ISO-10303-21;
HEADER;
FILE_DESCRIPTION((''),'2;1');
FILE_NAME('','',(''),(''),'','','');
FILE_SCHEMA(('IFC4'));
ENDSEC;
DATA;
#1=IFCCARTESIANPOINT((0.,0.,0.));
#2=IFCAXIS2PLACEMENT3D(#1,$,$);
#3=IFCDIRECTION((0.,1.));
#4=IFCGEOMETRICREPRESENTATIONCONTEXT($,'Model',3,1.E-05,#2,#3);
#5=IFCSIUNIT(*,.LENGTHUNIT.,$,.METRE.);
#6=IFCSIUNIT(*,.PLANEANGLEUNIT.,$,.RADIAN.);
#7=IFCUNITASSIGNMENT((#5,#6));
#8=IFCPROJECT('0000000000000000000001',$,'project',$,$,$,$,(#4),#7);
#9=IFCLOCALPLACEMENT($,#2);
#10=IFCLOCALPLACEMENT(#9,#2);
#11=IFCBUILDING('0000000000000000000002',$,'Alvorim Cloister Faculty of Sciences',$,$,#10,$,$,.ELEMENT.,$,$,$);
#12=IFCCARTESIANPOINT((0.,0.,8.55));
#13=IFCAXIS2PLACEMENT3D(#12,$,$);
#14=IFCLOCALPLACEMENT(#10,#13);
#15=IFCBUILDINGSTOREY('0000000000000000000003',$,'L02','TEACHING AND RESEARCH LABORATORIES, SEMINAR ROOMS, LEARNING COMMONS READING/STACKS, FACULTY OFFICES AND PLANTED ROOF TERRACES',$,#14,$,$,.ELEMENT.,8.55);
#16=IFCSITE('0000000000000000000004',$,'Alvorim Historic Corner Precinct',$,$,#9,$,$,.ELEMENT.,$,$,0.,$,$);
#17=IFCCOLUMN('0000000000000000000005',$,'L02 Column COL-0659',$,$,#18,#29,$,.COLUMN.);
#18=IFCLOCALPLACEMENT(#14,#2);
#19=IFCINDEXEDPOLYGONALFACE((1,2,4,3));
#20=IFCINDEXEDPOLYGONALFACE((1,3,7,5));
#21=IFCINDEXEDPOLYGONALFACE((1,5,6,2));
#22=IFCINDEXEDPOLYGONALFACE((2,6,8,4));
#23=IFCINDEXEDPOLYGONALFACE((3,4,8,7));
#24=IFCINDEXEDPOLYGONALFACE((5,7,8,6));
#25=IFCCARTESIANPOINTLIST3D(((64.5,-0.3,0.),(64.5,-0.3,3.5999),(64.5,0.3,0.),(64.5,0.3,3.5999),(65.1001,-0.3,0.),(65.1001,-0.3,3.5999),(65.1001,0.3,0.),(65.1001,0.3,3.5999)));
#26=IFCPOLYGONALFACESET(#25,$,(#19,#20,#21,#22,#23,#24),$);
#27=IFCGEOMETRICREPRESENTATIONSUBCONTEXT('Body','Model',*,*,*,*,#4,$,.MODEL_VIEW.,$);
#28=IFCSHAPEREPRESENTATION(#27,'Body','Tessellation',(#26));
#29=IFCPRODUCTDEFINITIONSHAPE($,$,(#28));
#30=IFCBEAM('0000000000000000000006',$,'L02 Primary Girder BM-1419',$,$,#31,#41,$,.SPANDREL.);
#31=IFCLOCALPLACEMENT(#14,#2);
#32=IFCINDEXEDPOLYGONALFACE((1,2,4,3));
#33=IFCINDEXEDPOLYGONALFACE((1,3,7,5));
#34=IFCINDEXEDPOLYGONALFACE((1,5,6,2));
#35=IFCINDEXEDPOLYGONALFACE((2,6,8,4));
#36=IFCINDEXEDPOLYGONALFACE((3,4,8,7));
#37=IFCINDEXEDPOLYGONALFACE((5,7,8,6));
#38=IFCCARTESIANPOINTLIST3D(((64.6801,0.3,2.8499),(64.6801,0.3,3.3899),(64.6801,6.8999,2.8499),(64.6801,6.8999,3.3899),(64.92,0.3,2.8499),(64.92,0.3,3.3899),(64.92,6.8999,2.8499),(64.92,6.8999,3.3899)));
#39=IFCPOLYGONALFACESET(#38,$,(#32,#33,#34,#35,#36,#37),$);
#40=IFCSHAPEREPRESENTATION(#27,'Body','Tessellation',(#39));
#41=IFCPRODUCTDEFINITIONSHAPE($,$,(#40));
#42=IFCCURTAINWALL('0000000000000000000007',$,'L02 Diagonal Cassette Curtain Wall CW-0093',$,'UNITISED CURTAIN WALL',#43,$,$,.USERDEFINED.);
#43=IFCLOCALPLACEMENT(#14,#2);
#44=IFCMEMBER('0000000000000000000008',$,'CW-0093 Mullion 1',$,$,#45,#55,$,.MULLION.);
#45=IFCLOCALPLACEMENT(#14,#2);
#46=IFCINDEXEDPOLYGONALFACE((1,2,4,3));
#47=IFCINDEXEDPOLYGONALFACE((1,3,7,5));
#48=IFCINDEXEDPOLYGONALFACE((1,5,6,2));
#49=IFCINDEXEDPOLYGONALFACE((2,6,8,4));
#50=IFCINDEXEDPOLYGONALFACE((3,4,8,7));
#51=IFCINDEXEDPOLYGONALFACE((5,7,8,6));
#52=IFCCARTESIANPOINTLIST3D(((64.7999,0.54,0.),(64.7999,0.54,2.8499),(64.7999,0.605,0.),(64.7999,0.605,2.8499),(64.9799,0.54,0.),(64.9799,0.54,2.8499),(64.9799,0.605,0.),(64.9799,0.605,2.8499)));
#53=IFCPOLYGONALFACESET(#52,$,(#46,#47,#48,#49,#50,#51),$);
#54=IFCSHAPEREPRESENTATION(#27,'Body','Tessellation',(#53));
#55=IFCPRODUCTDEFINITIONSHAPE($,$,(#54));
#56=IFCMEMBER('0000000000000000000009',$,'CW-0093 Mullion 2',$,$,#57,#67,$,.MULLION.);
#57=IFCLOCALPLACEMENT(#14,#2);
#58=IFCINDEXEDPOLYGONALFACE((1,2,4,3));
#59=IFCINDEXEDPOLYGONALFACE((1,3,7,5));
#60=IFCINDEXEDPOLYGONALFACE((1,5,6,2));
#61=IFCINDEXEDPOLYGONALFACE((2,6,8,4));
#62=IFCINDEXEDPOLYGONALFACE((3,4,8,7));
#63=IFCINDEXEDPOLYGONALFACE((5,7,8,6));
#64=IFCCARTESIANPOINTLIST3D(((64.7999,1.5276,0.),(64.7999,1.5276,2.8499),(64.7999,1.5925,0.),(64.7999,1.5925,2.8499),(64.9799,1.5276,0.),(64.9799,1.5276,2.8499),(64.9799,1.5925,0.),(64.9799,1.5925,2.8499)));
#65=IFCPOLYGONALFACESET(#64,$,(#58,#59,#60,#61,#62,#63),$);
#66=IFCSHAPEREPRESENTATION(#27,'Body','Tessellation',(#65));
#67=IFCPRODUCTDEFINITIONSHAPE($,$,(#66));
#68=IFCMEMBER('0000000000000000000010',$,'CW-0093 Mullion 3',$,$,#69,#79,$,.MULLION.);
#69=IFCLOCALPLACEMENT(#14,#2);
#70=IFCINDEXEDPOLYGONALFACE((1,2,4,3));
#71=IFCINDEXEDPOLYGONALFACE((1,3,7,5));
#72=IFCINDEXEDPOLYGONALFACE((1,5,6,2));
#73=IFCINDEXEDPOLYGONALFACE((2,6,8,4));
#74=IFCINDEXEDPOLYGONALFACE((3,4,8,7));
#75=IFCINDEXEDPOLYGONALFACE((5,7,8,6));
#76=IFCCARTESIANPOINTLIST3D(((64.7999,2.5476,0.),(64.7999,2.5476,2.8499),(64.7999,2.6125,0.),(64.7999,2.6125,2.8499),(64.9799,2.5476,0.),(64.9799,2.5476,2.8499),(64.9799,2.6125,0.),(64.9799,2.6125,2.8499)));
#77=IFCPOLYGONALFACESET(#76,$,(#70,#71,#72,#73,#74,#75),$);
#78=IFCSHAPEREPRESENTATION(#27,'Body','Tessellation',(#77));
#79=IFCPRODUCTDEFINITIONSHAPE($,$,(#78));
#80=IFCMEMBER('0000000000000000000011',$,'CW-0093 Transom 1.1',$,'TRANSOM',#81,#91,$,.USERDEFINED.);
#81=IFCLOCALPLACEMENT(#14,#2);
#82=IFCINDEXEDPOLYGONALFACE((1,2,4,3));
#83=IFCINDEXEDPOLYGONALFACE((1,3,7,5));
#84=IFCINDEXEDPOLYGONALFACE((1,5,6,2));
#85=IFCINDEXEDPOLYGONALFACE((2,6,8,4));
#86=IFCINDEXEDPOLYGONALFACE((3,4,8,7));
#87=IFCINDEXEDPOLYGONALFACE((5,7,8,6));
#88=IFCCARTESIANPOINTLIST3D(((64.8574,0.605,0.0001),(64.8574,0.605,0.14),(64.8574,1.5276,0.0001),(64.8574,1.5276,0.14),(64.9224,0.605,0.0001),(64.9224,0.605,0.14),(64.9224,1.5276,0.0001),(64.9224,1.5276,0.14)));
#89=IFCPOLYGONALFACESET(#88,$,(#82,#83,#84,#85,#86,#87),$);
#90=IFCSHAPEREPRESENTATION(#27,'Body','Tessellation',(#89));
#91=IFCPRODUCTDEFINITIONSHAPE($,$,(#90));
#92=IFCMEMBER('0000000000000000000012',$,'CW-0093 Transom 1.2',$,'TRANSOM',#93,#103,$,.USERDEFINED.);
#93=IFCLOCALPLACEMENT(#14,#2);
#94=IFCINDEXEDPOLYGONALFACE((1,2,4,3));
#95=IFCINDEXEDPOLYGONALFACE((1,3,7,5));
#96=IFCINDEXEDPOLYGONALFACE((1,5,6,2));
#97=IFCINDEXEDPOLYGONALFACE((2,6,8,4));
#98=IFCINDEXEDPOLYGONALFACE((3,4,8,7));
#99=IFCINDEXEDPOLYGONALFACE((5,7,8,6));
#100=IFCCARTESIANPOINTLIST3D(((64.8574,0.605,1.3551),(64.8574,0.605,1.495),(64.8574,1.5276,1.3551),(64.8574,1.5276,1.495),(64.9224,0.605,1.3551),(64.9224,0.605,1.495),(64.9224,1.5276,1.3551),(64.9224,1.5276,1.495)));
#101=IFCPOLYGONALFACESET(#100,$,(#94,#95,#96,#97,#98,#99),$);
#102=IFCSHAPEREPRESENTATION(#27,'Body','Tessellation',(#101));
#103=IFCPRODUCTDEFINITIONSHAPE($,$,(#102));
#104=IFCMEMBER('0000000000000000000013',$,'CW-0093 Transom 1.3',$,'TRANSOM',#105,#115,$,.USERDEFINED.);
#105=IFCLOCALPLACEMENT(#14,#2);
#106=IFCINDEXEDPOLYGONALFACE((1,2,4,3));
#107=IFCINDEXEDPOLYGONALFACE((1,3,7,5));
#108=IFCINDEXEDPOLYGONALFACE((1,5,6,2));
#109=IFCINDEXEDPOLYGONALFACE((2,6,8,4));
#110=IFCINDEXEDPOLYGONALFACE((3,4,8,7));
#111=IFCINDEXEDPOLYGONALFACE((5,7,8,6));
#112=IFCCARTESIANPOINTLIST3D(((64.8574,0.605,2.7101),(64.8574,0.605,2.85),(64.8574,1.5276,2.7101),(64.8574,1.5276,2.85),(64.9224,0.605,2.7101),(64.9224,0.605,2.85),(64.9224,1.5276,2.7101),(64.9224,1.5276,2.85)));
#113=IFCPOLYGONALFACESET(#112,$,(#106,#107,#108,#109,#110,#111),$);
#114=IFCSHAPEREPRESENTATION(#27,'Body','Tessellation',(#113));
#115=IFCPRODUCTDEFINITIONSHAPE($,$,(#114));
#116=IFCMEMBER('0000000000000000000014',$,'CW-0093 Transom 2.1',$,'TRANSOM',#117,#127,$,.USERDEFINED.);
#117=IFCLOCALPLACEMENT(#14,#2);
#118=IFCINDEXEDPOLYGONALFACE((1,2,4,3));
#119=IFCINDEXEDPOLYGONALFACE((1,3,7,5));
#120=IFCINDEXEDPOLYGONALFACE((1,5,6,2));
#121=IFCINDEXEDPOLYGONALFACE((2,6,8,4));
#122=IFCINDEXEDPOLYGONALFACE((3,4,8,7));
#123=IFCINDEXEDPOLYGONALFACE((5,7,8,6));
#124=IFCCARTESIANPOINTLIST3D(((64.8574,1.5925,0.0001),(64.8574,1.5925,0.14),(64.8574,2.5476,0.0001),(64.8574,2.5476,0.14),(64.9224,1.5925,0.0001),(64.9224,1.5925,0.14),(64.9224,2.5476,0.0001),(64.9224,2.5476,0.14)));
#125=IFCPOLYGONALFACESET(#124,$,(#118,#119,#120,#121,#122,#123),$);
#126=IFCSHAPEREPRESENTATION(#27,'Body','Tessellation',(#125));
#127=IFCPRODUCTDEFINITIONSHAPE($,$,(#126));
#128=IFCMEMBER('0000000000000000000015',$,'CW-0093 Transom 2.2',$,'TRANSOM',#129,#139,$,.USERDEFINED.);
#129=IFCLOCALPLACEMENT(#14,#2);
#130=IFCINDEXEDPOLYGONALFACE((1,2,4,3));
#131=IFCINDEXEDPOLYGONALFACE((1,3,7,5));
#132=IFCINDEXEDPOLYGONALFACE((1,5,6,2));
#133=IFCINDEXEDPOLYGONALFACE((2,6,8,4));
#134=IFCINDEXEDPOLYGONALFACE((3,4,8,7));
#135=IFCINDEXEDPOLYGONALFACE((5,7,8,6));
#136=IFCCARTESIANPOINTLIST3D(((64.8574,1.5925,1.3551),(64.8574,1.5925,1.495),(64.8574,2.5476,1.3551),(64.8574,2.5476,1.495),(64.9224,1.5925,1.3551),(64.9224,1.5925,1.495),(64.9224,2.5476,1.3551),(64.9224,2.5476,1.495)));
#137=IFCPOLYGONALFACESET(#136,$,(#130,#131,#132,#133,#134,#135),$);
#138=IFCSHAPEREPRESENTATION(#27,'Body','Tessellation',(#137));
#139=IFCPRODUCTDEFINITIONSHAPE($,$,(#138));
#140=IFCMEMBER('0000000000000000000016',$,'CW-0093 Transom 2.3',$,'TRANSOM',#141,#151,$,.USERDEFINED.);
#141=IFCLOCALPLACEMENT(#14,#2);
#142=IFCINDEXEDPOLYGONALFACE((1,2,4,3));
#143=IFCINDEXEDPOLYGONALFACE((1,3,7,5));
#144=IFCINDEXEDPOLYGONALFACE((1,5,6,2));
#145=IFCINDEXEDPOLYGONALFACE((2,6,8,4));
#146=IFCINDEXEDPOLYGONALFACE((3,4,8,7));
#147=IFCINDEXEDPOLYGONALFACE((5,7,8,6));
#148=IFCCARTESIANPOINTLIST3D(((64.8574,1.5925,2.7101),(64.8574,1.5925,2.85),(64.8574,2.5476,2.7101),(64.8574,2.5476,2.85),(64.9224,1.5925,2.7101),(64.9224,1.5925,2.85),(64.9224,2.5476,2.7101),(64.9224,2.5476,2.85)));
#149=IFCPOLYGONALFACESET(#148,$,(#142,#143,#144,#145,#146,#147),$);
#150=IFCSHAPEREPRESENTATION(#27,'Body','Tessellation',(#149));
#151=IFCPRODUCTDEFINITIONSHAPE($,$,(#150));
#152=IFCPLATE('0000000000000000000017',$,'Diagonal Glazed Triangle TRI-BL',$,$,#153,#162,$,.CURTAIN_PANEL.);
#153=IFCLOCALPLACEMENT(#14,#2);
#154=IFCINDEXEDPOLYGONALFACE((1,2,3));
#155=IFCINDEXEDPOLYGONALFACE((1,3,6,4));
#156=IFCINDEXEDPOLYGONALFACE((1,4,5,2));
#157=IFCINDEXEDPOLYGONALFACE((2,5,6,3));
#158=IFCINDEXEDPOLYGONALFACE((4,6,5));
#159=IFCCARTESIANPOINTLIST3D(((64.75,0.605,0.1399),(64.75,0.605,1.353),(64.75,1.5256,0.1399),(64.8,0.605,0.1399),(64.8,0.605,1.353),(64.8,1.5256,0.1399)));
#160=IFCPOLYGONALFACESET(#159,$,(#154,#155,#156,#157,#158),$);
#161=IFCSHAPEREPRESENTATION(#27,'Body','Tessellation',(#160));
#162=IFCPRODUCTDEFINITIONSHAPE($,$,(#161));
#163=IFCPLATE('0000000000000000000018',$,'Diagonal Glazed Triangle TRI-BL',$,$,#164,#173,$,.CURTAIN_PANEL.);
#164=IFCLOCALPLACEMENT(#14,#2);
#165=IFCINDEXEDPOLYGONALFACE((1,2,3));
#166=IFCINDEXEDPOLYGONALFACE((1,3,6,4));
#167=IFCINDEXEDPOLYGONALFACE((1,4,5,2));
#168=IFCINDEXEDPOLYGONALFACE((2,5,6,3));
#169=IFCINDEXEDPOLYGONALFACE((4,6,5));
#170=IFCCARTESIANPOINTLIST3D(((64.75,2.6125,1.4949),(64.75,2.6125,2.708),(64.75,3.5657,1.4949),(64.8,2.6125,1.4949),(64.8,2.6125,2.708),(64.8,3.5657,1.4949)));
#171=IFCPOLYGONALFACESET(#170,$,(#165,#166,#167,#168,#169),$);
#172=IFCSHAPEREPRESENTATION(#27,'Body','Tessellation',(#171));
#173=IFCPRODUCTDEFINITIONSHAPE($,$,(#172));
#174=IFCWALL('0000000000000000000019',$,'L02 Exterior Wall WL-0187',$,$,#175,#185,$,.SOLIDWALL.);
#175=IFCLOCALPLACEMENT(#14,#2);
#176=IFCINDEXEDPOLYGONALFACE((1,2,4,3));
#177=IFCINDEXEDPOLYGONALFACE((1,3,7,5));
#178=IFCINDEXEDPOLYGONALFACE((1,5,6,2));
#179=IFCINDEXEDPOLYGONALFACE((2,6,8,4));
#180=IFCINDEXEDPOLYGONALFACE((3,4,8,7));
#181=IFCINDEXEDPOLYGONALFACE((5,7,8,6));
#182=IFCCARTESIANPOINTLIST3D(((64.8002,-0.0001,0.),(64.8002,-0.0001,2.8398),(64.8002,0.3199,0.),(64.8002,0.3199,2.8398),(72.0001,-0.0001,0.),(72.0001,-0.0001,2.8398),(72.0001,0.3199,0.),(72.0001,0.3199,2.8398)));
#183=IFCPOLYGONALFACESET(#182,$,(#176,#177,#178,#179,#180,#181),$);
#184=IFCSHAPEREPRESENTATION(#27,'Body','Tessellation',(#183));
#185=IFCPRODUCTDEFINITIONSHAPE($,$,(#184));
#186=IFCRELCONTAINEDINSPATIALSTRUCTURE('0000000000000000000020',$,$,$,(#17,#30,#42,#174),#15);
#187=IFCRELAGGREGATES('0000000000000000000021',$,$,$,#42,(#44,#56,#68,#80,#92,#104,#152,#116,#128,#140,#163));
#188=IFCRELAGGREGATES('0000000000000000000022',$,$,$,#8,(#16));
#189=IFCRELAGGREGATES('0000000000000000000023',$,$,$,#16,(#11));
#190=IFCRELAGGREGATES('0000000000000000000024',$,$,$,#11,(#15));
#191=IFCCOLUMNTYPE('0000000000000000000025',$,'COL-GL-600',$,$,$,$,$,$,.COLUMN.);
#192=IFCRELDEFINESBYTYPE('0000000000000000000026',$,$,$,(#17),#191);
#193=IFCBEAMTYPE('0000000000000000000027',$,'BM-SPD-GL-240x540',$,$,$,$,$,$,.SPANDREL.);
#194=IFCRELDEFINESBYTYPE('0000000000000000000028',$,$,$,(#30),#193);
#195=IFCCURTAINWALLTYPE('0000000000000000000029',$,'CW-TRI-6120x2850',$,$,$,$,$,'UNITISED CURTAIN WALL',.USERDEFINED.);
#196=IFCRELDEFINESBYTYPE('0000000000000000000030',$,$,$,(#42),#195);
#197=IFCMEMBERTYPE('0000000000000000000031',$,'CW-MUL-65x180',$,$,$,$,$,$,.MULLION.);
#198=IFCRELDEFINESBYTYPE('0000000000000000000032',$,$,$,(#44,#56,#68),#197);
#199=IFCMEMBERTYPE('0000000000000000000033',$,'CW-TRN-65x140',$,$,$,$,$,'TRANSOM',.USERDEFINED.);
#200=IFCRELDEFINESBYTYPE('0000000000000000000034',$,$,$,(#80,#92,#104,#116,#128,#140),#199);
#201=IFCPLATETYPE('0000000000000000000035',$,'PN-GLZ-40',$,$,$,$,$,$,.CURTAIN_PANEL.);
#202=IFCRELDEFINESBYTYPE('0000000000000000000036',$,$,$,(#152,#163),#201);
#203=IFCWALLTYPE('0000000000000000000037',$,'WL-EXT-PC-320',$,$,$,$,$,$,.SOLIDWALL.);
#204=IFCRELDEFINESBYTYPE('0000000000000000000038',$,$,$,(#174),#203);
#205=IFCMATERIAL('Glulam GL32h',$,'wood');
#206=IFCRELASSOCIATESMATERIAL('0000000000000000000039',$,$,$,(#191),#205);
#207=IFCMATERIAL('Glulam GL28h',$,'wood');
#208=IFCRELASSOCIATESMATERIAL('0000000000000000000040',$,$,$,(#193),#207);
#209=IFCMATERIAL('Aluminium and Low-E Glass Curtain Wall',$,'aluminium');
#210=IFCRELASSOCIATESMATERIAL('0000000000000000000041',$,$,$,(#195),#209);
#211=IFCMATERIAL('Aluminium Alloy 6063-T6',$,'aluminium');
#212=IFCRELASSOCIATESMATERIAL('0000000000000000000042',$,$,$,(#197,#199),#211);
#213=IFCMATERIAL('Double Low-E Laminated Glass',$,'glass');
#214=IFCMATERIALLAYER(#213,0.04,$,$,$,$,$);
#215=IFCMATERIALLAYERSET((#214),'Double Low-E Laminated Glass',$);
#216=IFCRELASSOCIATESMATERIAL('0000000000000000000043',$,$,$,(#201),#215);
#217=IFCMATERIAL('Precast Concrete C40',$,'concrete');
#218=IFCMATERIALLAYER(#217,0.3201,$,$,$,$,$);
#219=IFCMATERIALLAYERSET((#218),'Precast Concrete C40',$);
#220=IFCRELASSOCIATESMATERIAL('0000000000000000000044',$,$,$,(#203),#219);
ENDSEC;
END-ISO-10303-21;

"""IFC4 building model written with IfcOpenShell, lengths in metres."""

from ifc_helpers import new_model, si_unit, direction, frame, frame_2d, origin, origin_2d, place, context, subcontext, project, spatial, polyline, rectangle, outline, extrude, material, layer, layer_set, material_profile, profile_set, type_object, element, aggregate, save


model = new_model("IFC4")

# Units and contexts
model_context = context("Model", 3, precision=1e-05, world=origin(), true_north=direction((0.0, 1.0)))
body_context = subcontext(model_context, "Body", "Model", "MODEL_VIEW")
ifc_project = project(units=[si_unit("LENGTHUNIT", "METRE"), si_unit("PLANEANGLEUNIT", "RADIAN")], contexts=[model_context])

# Site, building, storey
site_placement = place(None, origin())
site = spatial("IfcSite", under=ifc_project, at=site_placement, Name="Alvorim Historic Corner Precinct", CompositionType="ELEMENT", RefElevation=0.0)
building_placement = place(site_placement, origin())
building = spatial("IfcBuilding", under=site, at=building_placement, Name="Alvorim Cloister Faculty of Sciences", CompositionType="ELEMENT")
storey_placement = place(building_placement, frame((0.0, 0.0, 8.55)))
storey = spatial("IfcBuildingStorey", under=building, at=storey_placement, Name="L02", Description="TEACHING AND RESEARCH LABORATORIES, SEMINAR ROOMS, LEARNING COMMONS READING/STACKS, FACULTY OFFICES AND PLANTED ROOF TERRACES", CompositionType="ELEMENT", Elevation=8.55)

# Column
ifc_material_1 = material(Name="Glulam GL32h", Category="wood")
ifc_material_profile_1 = material_profile(ifc_material_1, rectangle(XDim=0.6001, YDim=0.6001, at=origin_2d()), Name="GL32-COL-600x600")
ifc_profile_set_1 = profile_set([ifc_material_profile_1], Name="Glulam GL32h")
column_type = type_object("IfcColumnType", Name="COL-GL-600", PredefinedType="COLUMN", material=ifc_profile_set_1)
column_placement = place(storey_placement, frame((64.8, 0.0, 0.0), z_axis=(0.0, 0.0, 1.0), x_axis=(1.0, 0.0, 0.0)))
element("IfcColumn", 1, at=column_placement, inside=storey, type_object=column_type, Name="L02 Column COL-0659", PredefinedType="COLUMN", context=body_context, shape_type="SweptSolid", body=[
    extrude(rectangle(XDim=0.6001, YDim=0.6001, at=origin_2d()), origin(), (0.0, 0.0, 1.0), 3.5999),
])

# Beam
ifc_material_2 = material(Name="Glulam GL28h", Category="wood")
ifc_material_profile_2 = material_profile(ifc_material_2, rectangle(XDim=0.24, YDim=0.54, at=origin_2d()), Name="GL28-SPD-240x540")
ifc_profile_set_2 = profile_set([ifc_material_profile_2], Name="Glulam GL28h")
beam_type = type_object("IfcBeamType", Name="BM-SPD-GL-240x540", PredefinedType="SPANDREL", material=ifc_profile_set_2)
beam_placement = place(storey_placement, frame((64.8, 0.3, 3.1199), z_axis=(0.0, 1.0, 0.0), x_axis=(-1.0, 0.0, 0.0)))
element("IfcBeam", 2, at=beam_placement, inside=storey, type_object=beam_type, Name="L02 Primary Girder BM-1419", PredefinedType="SPANDREL", context=body_context, shape_type="SweptSolid", body=[
    extrude(rectangle(XDim=0.24, YDim=0.54, at=origin_2d()), origin(), (0.0, 0.0, 1.0), 6.5999),
])

# Curtain wall, members, plates
ifc_material_3 = material(Name="Aluminium and Low-E Glass Curtain Wall", Category="aluminium")
curtain_wall_type = type_object("IfcCurtainWallType", Name="CW-TRI-6120x2850", ElementType="UNITISED CURTAIN WALL", PredefinedType="USERDEFINED", material=ifc_material_3)
curtain_wall_placement = place(storey_placement, origin())
curtain_wall = element("IfcCurtainWall", 3, at=curtain_wall_placement, inside=storey, type_object=curtain_wall_type, Name="L02 Diagonal Cassette Curtain Wall CW-0093", ObjectType="UNITISED CURTAIN WALL", PredefinedType="USERDEFINED")
ifc_material_4 = material(Name="Aluminium Alloy 6063-T6", Category="aluminium")
ifc_material_profile_3 = material_profile(ifc_material_4, rectangle(XDim=0.0649, YDim=0.1799, at=origin_2d()), Name="ALU-MUL-65x180")
ifc_profile_set_3 = profile_set([ifc_material_profile_3], Name="Aluminium Alloy 6063-T6")
member_type_1 = type_object("IfcMemberType", Name="CW-MUL-65x180", PredefinedType="MULLION", material=ifc_profile_set_3)
member_1_placement = place(storey_placement, frame((64.8899, 0.5725, 0.0), z_axis=(0.0, 0.0, 1.0), x_axis=(0.0, 1.0, 0.0)))
member_1 = element("IfcMember", 4, at=member_1_placement, type_object=member_type_1, Name="CW-0093 Mullion 1", PredefinedType="MULLION", context=body_context, shape_type="SweptSolid", body=[
    extrude(rectangle(XDim=0.0649, YDim=0.1799, at=origin_2d()), origin(), (0.0, 0.0, 1.0), 2.8499),
])
member_2_placement = place(storey_placement, frame((64.8899, 1.5601, 0.0), z_axis=(0.0, 0.0, 1.0), x_axis=(0.0, 1.0, 0.0)))
member_2 = element("IfcMember", 5, at=member_2_placement, type_object=member_type_1, Name="CW-0093 Mullion 2", PredefinedType="MULLION", context=body_context, shape_type="SweptSolid", body=[
    extrude(rectangle(XDim=0.0649, YDim=0.1799, at=origin_2d()), origin(), (0.0, 0.0, 1.0), 2.8499),
])
member_3_placement = place(storey_placement, frame((64.8899, 2.5801, 0.0), z_axis=(0.0, 0.0, 1.0), x_axis=(0.0, 1.0, 0.0)))
member_3 = element("IfcMember", 6, at=member_3_placement, type_object=member_type_1, Name="CW-0093 Mullion 3", PredefinedType="MULLION", context=body_context, shape_type="SweptSolid", body=[
    extrude(rectangle(XDim=0.0649, YDim=0.1799, at=origin_2d()), origin(), (0.0, 0.0, 1.0), 2.8499),
])
ifc_material_profile_4 = material_profile(ifc_material_4, rectangle(XDim=0.0649, YDim=0.1399, at=origin_2d()), Name="ALU-TRN-65x140")
ifc_profile_set_4 = profile_set([ifc_material_profile_4], Name="Aluminium Alloy 6063-T6")
member_type_2 = type_object("IfcMemberType", Name="CW-TRN-65x140", ElementType="TRANSOM", PredefinedType="USERDEFINED", material=ifc_profile_set_4)
member_4_placement = place(storey_placement, frame((64.8899, 0.605, 0.0701), z_axis=(0.0, 1.0, 0.0), x_axis=(-1.0, 0.0, 0.0)))
member_4 = element("IfcMember", 7, at=member_4_placement, type_object=member_type_2, Name="CW-0093 Transom 1.1", ObjectType="TRANSOM", PredefinedType="USERDEFINED", context=body_context, shape_type="SweptSolid", body=[
    extrude(rectangle(XDim=0.0649, YDim=0.1399, at=origin_2d()), origin(), (0.0, 0.0, 1.0), 0.9226),
])
member_5_placement = place(storey_placement, frame((64.8899, 0.605, 1.425), z_axis=(0.0, 1.0, 0.0), x_axis=(-1.0, 0.0, 0.0)))
member_5 = element("IfcMember", 8, at=member_5_placement, type_object=member_type_2, Name="CW-0093 Transom 1.2", ObjectType="TRANSOM", PredefinedType="USERDEFINED", context=body_context, shape_type="SweptSolid", body=[
    extrude(rectangle(XDim=0.0649, YDim=0.1399, at=origin_2d()), origin(), (0.0, 0.0, 1.0), 0.9226),
])
member_6_placement = place(storey_placement, frame((64.8899, 0.605, 2.78), z_axis=(0.0, 1.0, 0.0), x_axis=(-1.0, 0.0, 0.0)))
member_6 = element("IfcMember", 9, at=member_6_placement, type_object=member_type_2, Name="CW-0093 Transom 1.3", ObjectType="TRANSOM", PredefinedType="USERDEFINED", context=body_context, shape_type="SweptSolid", body=[
    extrude(rectangle(XDim=0.0649, YDim=0.1399, at=origin_2d()), origin(), (0.0, 0.0, 1.0), 0.9226),
])
member_7_placement = place(storey_placement, frame((64.8899, 1.5925, 0.0701), z_axis=(0.0, 1.0, 0.0), x_axis=(-1.0, 0.0, 0.0)))
member_7 = element("IfcMember", 10, at=member_7_placement, type_object=member_type_2, Name="CW-0093 Transom 2.1", ObjectType="TRANSOM", PredefinedType="USERDEFINED", context=body_context, shape_type="SweptSolid", body=[
    extrude(rectangle(XDim=0.0649, YDim=0.1399, at=origin_2d()), origin(), (0.0, 0.0, 1.0), 0.9551),
])
member_8_placement = place(storey_placement, frame((64.8899, 1.5925, 1.425), z_axis=(0.0, 1.0, 0.0), x_axis=(-1.0, 0.0, 0.0)))
member_8 = element("IfcMember", 11, at=member_8_placement, type_object=member_type_2, Name="CW-0093 Transom 2.2", ObjectType="TRANSOM", PredefinedType="USERDEFINED", context=body_context, shape_type="SweptSolid", body=[
    extrude(rectangle(XDim=0.0649, YDim=0.1399, at=origin_2d()), origin(), (0.0, 0.0, 1.0), 0.9551),
])
member_9_placement = place(storey_placement, frame((64.8899, 1.5925, 2.78), z_axis=(0.0, 1.0, 0.0), x_axis=(-1.0, 0.0, 0.0)))
member_9 = element("IfcMember", 12, at=member_9_placement, type_object=member_type_2, Name="CW-0093 Transom 2.3", ObjectType="TRANSOM", PredefinedType="USERDEFINED", context=body_context, shape_type="SweptSolid", body=[
    extrude(rectangle(XDim=0.0649, YDim=0.1399, at=origin_2d()), origin(), (0.0, 0.0, 1.0), 0.9551),
])
ifc_material_5 = material(Name="Double Low-E Laminated Glass", Category="glass")
ifc_layer_1 = layer(ifc_material_5, 0.04)
ifc_layer_set_1 = layer_set([ifc_layer_1], Name="Double Low-E Laminated Glass")
plate_type = type_object("IfcPlateType", Name="PN-GLZ-40", PredefinedType="CURTAIN_PANEL", material=ifc_layer_set_1)
plate_1_placement = place(storey_placement, frame((64.7749, 0.605, 0.1399), z_axis=(0.0, 0.0, 1.0), x_axis=(0.0, 1.0, 0.0)))
plate_1 = element("IfcPlate", 13, at=plate_1_placement, type_object=plate_type, Name="Diagonal Glazed Triangle TRI-BL", PredefinedType="CURTAIN_PANEL", context=body_context, shape_type="SweptSolid", body=[
    extrude(outline(polyline([(0.0, 0.0), (0.9207, 0.0), (0.0, 1.2131), (0.0, 0.0)])), frame((0.0, 0.0249, 0.0), z_axis=(0.0, -1.0, 0.0), x_axis=(1.0, 0.0, 0.0)), (0.0, 0.0, 1.0), 0.05),
])
plate_2_placement = place(storey_placement, frame((64.7749, 2.6125, 1.4949), z_axis=(0.0, 0.0, 1.0), x_axis=(0.0, 1.0, 0.0)))
plate_2 = element("IfcPlate", 14, at=plate_2_placement, type_object=plate_type, Name="Diagonal Glazed Triangle TRI-BL", PredefinedType="CURTAIN_PANEL", context=body_context, shape_type="SweptSolid", body=[
    extrude(outline(polyline([(0.0, 0.0), (0.9531, 0.0), (0.0, 1.2131), (0.0, 0.0)])), frame((0.0, 0.0249, 0.0), z_axis=(0.0, -1.0, 0.0), x_axis=(1.0, 0.0, 0.0)), (0.0, 0.0, 1.0), 0.05),
])
aggregate(curtain_wall, [member_1, member_2, member_3, member_4, member_5, member_6, plate_1, member_7, member_8, member_9, plate_2])

# Wall
ifc_material_6 = material(Name="Precast Concrete C40", Category="concrete")
ifc_layer_2 = layer(ifc_material_6, 0.3201)
ifc_layer_set_2 = layer_set([ifc_layer_2], Name="Precast Concrete C40")
wall_type = type_object("IfcWallType", Name="WL-EXT-PC-320", PredefinedType="SOLIDWALL", material=ifc_layer_set_2)
wall_placement = place(storey_placement, frame((64.8, 0.1599, 0.0), z_axis=(0.0, 0.0, 1.0), x_axis=(1.0, 0.0, 0.0)))
element("IfcWall", 15, at=wall_placement, inside=storey, type_object=wall_type, Name="L02 Exterior Wall WL-0187", PredefinedType="SOLIDWALL", context=body_context, shape_type="SweptSolid", body=[
    extrude(rectangle(XDim=7.2, YDim=0.3201, at=frame_2d((3.6001, 0.0))), origin(), (0.0, 0.0, 1.0), 2.8398),
])

save(model, "model.ifc")
